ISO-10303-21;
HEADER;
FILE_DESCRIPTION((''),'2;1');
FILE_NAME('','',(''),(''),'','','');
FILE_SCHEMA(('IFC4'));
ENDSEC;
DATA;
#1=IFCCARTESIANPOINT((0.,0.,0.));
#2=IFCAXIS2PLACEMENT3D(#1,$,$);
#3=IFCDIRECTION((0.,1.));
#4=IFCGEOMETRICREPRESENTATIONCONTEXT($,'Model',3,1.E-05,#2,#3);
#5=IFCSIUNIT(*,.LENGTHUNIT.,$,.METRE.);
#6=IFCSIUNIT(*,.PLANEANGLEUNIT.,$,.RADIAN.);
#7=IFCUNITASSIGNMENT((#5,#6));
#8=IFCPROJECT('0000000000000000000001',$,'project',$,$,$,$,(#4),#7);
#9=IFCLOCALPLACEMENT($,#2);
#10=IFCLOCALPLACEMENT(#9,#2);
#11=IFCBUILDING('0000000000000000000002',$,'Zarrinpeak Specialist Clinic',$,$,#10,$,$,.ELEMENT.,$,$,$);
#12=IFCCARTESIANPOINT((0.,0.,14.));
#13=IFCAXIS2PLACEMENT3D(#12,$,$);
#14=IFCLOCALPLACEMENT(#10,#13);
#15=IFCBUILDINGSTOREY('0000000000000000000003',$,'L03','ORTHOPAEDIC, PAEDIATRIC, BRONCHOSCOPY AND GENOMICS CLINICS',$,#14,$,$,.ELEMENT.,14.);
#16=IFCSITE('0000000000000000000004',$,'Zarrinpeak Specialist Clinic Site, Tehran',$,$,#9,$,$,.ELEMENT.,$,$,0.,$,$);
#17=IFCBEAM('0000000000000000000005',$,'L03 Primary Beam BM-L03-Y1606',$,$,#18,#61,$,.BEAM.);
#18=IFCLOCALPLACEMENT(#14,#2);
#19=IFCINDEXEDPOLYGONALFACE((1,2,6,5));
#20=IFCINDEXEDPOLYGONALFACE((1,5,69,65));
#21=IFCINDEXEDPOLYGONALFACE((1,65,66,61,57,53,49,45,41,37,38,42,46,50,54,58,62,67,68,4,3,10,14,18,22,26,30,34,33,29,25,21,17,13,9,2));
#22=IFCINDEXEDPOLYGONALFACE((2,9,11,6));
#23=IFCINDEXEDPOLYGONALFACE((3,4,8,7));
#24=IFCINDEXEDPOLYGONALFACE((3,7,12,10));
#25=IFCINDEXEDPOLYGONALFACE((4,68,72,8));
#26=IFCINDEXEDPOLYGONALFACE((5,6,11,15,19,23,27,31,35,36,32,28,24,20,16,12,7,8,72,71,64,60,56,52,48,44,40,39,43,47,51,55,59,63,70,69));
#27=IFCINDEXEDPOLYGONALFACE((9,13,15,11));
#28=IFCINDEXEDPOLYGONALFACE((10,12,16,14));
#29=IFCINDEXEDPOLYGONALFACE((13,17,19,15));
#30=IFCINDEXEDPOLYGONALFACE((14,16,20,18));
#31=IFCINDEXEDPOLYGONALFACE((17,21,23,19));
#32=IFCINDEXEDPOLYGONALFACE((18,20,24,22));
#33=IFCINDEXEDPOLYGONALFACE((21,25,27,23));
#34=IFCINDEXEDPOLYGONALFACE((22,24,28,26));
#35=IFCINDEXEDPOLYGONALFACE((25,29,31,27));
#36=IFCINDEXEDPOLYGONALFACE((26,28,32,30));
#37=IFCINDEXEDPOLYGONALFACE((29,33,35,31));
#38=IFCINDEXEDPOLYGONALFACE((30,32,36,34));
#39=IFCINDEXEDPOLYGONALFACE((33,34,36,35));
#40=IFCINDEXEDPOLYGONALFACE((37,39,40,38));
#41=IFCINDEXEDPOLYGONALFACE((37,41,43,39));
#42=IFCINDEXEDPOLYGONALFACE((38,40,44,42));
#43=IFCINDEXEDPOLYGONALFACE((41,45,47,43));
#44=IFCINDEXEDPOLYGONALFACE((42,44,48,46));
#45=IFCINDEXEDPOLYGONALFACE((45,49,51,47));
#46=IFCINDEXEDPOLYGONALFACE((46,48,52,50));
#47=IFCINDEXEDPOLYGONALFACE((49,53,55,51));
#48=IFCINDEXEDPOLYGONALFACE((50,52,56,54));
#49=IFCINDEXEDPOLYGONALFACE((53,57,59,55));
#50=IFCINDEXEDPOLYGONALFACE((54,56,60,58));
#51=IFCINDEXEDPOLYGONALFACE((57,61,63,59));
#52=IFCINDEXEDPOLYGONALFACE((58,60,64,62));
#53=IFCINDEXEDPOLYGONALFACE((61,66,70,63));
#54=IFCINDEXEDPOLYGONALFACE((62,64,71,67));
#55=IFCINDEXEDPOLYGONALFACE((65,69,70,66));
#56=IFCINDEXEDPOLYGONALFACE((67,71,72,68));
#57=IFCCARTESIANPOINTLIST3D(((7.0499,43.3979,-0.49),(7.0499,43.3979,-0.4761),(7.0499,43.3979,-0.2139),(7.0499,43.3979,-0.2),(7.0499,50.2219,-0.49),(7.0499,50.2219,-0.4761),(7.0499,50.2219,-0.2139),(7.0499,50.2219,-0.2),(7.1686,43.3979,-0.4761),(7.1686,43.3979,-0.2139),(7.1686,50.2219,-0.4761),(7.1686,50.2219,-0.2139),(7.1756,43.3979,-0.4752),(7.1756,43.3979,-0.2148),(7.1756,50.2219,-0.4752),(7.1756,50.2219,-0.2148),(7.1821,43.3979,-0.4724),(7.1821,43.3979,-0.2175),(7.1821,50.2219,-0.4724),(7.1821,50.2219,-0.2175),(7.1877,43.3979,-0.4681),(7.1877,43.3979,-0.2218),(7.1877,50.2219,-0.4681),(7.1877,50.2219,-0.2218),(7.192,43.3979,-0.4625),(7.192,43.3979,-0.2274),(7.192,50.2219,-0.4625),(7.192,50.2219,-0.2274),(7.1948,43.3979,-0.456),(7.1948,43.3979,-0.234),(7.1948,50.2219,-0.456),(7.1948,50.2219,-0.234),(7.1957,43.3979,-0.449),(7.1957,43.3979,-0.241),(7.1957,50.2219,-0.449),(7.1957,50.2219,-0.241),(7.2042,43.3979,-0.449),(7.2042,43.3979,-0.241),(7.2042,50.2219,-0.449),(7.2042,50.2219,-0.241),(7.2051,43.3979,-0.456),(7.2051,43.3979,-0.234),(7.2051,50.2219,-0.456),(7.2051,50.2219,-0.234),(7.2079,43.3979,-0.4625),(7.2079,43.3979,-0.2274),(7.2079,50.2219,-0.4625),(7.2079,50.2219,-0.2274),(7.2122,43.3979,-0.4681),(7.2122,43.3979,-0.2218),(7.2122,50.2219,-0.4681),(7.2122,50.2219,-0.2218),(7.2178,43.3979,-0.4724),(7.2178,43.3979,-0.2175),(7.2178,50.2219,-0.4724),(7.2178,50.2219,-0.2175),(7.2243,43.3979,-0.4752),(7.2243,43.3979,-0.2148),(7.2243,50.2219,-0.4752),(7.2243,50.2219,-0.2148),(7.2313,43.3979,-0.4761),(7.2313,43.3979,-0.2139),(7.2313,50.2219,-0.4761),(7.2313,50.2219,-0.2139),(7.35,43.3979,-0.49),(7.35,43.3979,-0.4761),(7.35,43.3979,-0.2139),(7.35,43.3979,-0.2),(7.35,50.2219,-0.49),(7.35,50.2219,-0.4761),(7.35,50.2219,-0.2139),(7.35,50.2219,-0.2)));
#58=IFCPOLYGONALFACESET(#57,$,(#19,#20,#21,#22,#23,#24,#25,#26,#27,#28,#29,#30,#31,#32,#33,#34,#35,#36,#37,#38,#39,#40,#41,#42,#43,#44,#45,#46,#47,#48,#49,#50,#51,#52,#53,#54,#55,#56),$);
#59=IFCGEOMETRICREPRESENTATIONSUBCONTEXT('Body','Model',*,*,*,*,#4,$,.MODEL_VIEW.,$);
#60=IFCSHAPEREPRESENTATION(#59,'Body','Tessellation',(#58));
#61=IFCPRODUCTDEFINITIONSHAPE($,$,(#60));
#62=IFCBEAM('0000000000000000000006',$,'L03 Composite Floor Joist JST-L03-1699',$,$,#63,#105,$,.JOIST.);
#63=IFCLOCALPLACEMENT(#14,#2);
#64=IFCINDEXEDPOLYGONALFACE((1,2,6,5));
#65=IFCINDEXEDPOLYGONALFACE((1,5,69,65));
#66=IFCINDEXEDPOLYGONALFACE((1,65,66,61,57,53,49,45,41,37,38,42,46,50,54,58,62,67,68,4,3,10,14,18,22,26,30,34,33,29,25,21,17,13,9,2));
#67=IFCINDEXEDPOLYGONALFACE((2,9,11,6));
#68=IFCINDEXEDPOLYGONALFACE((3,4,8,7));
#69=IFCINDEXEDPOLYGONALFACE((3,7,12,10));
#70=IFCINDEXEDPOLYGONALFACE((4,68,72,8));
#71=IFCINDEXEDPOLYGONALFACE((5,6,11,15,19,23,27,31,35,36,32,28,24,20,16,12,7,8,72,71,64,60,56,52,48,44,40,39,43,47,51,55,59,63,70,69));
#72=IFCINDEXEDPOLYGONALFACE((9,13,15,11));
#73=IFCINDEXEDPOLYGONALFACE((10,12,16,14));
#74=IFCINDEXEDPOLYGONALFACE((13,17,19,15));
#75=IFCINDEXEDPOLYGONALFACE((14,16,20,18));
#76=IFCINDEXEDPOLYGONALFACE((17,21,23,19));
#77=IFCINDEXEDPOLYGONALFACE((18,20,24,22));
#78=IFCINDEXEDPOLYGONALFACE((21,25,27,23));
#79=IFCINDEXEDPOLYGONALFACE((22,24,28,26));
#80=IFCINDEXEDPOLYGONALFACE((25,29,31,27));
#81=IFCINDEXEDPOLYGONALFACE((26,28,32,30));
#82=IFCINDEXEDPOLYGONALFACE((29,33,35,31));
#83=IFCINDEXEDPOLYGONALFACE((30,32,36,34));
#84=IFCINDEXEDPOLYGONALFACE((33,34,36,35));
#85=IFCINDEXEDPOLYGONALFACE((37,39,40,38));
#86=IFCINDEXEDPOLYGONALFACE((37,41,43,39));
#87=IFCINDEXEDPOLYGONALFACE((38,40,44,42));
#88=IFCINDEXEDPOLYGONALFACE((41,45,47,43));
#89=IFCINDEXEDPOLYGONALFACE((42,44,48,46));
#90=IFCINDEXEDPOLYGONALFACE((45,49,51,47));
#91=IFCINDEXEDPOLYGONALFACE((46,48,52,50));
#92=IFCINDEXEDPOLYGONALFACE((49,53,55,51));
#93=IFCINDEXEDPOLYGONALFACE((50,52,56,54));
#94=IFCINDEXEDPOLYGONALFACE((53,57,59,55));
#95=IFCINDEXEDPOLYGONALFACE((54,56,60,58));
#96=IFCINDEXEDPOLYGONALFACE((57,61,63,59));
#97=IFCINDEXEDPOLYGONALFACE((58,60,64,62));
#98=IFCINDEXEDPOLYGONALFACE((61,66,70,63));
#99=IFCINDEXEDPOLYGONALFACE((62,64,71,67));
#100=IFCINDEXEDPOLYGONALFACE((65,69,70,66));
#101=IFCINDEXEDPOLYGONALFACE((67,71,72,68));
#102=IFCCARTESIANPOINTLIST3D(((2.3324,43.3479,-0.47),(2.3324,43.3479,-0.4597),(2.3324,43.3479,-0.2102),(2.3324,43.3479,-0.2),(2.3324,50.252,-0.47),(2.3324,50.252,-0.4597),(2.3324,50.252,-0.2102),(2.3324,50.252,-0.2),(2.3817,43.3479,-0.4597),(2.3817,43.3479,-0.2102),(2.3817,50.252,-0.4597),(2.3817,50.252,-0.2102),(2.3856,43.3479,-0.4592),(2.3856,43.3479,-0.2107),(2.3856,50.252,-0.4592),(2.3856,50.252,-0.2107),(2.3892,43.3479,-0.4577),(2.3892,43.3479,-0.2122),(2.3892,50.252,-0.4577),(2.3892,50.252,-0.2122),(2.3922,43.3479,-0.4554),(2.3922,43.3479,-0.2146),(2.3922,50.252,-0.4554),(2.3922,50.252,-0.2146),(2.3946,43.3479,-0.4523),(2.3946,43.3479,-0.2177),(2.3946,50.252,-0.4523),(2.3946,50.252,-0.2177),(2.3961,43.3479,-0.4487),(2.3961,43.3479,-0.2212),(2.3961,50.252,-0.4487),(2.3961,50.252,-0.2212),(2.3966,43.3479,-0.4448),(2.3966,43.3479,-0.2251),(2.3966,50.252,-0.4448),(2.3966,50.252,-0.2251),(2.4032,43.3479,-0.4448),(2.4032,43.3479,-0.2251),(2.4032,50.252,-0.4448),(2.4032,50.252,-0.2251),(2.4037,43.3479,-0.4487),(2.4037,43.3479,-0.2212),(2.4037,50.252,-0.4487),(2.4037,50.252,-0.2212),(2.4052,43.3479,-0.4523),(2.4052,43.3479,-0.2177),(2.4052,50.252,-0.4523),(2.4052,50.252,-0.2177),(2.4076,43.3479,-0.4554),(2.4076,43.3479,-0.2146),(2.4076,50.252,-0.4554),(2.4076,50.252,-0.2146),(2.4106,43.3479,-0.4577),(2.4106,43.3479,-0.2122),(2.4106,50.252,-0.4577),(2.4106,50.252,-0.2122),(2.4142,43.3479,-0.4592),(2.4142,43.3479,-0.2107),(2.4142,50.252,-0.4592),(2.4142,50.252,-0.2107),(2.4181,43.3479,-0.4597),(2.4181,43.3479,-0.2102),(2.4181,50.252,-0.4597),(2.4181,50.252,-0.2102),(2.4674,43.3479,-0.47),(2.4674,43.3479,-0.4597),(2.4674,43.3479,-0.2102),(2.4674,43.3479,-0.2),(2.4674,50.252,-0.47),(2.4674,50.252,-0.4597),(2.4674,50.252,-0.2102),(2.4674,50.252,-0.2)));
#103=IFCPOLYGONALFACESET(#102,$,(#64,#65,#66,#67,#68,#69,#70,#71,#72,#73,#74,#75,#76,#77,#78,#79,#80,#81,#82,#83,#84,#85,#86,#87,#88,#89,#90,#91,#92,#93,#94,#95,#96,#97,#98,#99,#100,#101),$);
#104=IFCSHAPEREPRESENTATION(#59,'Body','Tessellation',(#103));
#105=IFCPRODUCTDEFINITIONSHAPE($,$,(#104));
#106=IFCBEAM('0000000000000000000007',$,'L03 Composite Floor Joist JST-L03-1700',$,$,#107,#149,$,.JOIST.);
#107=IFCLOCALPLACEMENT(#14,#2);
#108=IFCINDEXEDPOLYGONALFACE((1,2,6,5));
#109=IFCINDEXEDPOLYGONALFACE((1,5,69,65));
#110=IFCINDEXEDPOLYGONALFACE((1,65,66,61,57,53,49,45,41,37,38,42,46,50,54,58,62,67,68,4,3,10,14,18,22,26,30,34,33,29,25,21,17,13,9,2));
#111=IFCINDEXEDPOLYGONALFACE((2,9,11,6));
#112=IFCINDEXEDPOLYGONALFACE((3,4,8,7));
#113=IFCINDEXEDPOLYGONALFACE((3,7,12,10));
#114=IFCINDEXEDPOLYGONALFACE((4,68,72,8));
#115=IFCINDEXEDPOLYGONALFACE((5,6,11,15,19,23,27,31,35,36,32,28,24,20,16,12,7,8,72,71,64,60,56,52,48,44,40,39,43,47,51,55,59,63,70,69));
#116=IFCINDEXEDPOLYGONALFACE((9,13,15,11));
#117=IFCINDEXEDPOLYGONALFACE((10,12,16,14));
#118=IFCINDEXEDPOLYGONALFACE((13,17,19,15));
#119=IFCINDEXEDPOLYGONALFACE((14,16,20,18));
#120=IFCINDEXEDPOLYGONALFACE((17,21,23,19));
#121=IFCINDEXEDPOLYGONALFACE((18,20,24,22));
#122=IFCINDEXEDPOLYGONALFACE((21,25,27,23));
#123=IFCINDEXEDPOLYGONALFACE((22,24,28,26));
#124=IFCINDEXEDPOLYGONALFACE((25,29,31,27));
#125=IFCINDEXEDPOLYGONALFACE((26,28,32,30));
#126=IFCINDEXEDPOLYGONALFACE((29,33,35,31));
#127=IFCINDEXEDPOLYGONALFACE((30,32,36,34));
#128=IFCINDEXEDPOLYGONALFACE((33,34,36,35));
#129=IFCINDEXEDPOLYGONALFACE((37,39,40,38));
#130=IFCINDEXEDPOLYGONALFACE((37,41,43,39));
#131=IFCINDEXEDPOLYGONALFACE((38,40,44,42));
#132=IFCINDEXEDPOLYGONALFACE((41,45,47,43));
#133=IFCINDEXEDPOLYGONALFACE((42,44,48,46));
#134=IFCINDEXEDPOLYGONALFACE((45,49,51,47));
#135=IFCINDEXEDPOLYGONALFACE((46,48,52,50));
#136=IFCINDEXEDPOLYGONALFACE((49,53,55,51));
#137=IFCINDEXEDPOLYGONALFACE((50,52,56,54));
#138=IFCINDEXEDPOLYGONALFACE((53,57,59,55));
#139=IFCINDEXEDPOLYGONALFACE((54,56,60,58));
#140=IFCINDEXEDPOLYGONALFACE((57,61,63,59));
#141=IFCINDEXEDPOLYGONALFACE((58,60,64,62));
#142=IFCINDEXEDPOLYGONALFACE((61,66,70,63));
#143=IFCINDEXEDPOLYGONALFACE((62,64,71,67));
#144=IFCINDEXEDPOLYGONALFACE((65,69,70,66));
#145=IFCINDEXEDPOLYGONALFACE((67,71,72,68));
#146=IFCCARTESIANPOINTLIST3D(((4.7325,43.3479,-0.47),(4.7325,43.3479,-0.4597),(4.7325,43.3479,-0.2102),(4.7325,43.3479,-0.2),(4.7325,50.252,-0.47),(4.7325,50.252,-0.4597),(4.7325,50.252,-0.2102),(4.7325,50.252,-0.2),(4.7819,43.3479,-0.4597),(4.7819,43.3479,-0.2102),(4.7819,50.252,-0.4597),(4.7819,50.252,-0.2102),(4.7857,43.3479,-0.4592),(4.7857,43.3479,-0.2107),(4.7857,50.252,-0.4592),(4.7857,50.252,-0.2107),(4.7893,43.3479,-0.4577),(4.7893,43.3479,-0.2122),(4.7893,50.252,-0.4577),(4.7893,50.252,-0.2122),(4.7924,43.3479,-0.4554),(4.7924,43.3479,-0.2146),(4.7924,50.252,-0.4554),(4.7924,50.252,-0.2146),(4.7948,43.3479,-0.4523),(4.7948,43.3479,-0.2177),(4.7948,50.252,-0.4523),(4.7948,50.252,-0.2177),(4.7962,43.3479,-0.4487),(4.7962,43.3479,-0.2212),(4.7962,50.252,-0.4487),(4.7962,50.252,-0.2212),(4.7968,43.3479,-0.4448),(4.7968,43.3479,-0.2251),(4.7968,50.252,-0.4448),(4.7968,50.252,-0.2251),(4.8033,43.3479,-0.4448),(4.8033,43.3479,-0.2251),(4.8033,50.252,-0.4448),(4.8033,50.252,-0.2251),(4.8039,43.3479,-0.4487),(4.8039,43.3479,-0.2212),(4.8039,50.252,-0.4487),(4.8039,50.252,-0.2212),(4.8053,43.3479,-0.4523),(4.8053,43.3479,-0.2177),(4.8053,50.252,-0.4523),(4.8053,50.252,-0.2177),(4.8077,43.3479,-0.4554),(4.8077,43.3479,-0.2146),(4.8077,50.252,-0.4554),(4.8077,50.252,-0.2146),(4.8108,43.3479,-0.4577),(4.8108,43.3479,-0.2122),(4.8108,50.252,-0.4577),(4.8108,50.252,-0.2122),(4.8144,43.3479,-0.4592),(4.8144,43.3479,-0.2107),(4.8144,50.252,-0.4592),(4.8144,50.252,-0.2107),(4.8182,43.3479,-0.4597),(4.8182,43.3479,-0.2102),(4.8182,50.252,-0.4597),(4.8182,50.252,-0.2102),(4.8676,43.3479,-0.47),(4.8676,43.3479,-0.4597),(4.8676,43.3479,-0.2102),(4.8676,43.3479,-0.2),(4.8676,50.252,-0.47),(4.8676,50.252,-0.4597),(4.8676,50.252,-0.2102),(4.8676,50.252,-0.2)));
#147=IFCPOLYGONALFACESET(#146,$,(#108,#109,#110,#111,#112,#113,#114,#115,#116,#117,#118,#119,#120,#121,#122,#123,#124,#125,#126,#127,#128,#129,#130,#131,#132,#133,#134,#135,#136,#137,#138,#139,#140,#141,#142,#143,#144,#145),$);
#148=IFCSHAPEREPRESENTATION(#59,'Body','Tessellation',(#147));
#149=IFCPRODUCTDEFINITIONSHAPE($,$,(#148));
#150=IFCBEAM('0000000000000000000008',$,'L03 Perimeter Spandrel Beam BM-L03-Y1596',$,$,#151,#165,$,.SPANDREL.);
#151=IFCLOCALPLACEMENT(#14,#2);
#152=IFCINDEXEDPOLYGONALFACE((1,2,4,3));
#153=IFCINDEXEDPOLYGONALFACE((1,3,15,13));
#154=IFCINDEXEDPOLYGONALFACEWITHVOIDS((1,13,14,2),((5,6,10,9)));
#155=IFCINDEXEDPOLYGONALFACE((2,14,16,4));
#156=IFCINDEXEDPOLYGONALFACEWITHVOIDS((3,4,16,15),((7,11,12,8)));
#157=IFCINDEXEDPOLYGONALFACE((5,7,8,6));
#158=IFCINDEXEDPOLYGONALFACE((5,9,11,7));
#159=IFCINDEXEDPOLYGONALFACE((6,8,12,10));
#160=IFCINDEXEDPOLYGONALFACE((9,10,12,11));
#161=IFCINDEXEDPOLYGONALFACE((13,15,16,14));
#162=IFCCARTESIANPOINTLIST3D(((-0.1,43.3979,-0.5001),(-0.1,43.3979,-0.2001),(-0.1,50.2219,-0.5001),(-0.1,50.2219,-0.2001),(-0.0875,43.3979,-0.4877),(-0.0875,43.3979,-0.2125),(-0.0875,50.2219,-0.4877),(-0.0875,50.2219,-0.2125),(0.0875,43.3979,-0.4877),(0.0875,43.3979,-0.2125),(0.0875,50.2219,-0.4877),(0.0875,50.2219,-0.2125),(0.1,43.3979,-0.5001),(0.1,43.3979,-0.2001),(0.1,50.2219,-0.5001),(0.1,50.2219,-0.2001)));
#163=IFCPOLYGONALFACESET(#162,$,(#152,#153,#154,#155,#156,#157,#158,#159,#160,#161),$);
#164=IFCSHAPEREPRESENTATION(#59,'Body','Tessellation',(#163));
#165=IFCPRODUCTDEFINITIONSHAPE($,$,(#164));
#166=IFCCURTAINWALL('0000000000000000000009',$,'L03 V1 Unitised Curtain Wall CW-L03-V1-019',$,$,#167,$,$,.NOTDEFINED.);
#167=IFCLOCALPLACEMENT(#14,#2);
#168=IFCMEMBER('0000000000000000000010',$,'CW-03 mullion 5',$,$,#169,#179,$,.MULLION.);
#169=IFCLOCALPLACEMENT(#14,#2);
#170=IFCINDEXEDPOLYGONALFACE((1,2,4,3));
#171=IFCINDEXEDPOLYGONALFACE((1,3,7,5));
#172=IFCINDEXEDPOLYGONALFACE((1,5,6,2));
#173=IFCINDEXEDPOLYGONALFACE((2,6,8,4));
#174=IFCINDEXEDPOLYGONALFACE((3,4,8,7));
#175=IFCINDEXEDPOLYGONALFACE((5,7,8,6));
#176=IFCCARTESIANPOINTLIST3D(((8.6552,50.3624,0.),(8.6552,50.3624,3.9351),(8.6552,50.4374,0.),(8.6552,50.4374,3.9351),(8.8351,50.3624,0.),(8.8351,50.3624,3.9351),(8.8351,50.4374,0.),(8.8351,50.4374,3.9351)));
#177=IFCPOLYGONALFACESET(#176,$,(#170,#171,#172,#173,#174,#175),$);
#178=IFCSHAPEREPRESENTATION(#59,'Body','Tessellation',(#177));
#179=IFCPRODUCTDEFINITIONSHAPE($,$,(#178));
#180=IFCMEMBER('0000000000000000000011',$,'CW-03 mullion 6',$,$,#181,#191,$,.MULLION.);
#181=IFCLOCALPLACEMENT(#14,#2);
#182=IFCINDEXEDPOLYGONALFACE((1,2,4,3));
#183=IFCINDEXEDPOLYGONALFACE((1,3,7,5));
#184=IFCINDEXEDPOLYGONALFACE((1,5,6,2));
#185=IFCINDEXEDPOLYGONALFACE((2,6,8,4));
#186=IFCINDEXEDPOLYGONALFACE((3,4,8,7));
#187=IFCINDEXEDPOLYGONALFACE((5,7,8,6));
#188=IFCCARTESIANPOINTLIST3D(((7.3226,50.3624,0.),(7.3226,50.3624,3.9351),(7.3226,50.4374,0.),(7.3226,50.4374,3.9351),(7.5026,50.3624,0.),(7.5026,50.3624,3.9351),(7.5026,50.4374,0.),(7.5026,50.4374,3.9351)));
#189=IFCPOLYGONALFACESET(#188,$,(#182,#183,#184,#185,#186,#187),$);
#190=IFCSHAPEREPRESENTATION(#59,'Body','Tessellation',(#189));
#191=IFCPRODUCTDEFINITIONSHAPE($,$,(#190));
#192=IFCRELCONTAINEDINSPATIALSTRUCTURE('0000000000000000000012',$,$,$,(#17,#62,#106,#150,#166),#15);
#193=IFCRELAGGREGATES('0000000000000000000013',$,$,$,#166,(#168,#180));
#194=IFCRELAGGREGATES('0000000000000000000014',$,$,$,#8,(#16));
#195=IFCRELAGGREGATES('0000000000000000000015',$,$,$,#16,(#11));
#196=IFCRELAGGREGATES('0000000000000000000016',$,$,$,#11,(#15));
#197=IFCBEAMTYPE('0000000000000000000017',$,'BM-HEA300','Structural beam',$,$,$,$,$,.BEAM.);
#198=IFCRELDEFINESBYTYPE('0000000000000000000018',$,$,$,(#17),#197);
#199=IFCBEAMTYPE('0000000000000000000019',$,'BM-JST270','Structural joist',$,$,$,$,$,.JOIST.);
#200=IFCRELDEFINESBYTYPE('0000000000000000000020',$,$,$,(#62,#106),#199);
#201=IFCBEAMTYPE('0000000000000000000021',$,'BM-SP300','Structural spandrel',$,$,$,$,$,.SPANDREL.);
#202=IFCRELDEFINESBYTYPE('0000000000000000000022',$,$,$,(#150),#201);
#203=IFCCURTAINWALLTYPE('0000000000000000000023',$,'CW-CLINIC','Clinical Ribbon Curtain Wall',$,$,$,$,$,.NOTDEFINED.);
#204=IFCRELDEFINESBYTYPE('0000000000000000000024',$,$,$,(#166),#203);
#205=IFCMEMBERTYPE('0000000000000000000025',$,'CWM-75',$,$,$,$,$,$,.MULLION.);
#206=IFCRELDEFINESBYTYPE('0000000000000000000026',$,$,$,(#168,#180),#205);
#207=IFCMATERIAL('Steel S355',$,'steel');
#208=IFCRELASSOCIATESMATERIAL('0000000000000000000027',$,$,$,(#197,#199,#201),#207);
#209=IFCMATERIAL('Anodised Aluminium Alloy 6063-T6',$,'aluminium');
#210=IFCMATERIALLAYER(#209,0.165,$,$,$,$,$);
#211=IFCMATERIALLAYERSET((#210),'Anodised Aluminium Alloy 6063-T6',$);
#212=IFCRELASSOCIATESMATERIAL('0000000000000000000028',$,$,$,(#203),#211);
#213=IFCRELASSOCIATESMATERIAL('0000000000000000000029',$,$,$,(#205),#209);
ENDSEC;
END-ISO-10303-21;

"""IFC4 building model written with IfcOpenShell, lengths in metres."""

from ifc_helpers import new_model, si_unit, direction, frame, origin, origin_2d, place, context, subcontext, project, spatial, rectangle, hollow_rectangle, i_section, extrude, material, layer, layer_set, material_profile, profile_set, type_object, element, aggregate, save


model = new_model("IFC4")

# Units and contexts
model_context = context("Model", 3, precision=1e-05, world=origin(), true_north=direction((0.0, 1.0)))
body_context = subcontext(model_context, "Body", "Model", "MODEL_VIEW")
ifc_project = project(units=[si_unit("LENGTHUNIT", "METRE"), si_unit("PLANEANGLEUNIT", "RADIAN")], contexts=[model_context])

# Site, building, storey
site_placement = place(None, origin())
site = spatial("IfcSite", under=ifc_project, at=site_placement, Name="Zarrinpeak Specialist Clinic Site, Tehran", CompositionType="ELEMENT", RefElevation=0.0)
building_placement = place(site_placement, origin())
building = spatial("IfcBuilding", under=site, at=building_placement, Name="Zarrinpeak Specialist Clinic", CompositionType="ELEMENT")
storey_placement = place(building_placement, frame((0.0, 0.0, 14.0)))
storey = spatial("IfcBuildingStorey", under=building, at=storey_placement, Name="L03", Description="ORTHOPAEDIC, PAEDIATRIC, BRONCHOSCOPY AND GENOMICS CLINICS", CompositionType="ELEMENT", Elevation=14.0)

# Shared definitions
ifc_material_1 = material(Name="Steel S355", Category="steel")

# Beams
ifc_material_profile_1 = material_profile(ifc_material_1, i_section(OverallWidth=0.3, OverallDepth=0.29, WebThickness=0.0085, FlangeThickness=0.0139, FilletRadius=0.0271, at=origin_2d()), Name="HEA 300")
ifc_profile_set_1 = profile_set([ifc_material_profile_1], Name="Steel S355")
beam_type_1 = type_object("IfcBeamType", Name="BM-HEA300", Description="Structural beam", PredefinedType="BEAM", material=ifc_profile_set_1)
beam_1_placement = place(storey_placement, frame((7.2, 43.3979, -0.345), z_axis=(0.0, 1.0, 0.0), x_axis=(-1.0, 0.0, 0.0)))
element("IfcBeam", 1, at=beam_1_placement, inside=storey, type_object=beam_type_1, Name="L03 Primary Beam BM-L03-Y1606", PredefinedType="BEAM", context=body_context, shape_type="SweptSolid", body=[
    extrude(i_section(OverallWidth=0.3, OverallDepth=0.29, WebThickness=0.0085, FlangeThickness=0.0139, FilletRadius=0.0271, at=origin_2d()), origin(), (0.0, 0.0, 1.0), 6.824),
])
ifc_material_profile_2 = material_profile(ifc_material_1, i_section(OverallWidth=0.135, OverallDepth=0.27, WebThickness=0.0066, FlangeThickness=0.0103, FilletRadius=0.0149, at=origin_2d()), Name="IPE 270")
ifc_profile_set_2 = profile_set([ifc_material_profile_2], Name="Steel S355")
beam_type_2 = type_object("IfcBeamType", Name="BM-JST270", Description="Structural joist", PredefinedType="JOIST", material=ifc_profile_set_2)
for number, where, z_axis, x_axis, name in (
    (2, (2.3999, 43.3479, -0.335), (0.0, 1.0, 0.0), (-1.0, 0.0, 0.0), "L03 Composite Floor Joist JST-L03-1699"),
    (3, (4.8, 43.3479, -0.335), (0.0, 1.0, 0.0), (-1.0, 0.0, 0.0), "L03 Composite Floor Joist JST-L03-1700"),
):
    element("IfcBeam", number, at=place(storey_placement, frame(where, z_axis=z_axis, x_axis=x_axis)), inside=storey, type_object=beam_type_2, Name=name, PredefinedType="JOIST", context=body_context, shape_type="SweptSolid", body=[
        extrude(i_section(OverallWidth=0.135, OverallDepth=0.27, WebThickness=0.0066, FlangeThickness=0.0103, FilletRadius=0.0149, at=origin_2d()), origin(), (0.0, 0.0, 1.0), 6.9041),
    ])
ifc_material_profile_3 = material_profile(ifc_material_1, hollow_rectangle(XDim=0.2, YDim=0.3, WallThickness=0.0125, at=origin_2d()), Name="RHS 300x200x12.5")
ifc_profile_set_3 = profile_set([ifc_material_profile_3], Name="Steel S355")
beam_type_3 = type_object("IfcBeamType", Name="BM-SP300", Description="Structural spandrel", PredefinedType="SPANDREL", material=ifc_profile_set_3)
beam_2_placement = place(storey_placement, frame((0.0, 43.3979, -0.3501), z_axis=(0.0, 1.0, 0.0), x_axis=(-1.0, 0.0, 0.0)))
element("IfcBeam", 4, at=beam_2_placement, inside=storey, type_object=beam_type_3, Name="L03 Perimeter Spandrel Beam BM-L03-Y1596", PredefinedType="SPANDREL", context=body_context, shape_type="SweptSolid", body=[
    extrude(hollow_rectangle(XDim=0.2, YDim=0.3, WallThickness=0.0125, at=origin_2d()), origin(), (0.0, 0.0, 1.0), 6.824),
])

# Curtain wall, members
ifc_material_2 = material(Name="Anodised Aluminium Alloy 6063-T6", Category="aluminium")
ifc_layer_1 = layer(ifc_material_2, 0.165)
ifc_layer_set_1 = layer_set([ifc_layer_1], Name="Anodised Aluminium Alloy 6063-T6")
curtain_wall_type = type_object("IfcCurtainWallType", Name="CW-CLINIC", Description="Clinical Ribbon Curtain Wall", PredefinedType="NOTDEFINED", material=ifc_layer_set_1)
curtain_wall_placement = place(storey_placement, origin())
curtain_wall = element("IfcCurtainWall", 5, at=curtain_wall_placement, inside=storey, type_object=curtain_wall_type, Name="L03 V1 Unitised Curtain Wall CW-L03-V1-019", PredefinedType="NOTDEFINED")
ifc_material_profile_4 = material_profile(ifc_material_2, rectangle(XDim=0.075, YDim=0.1799, at=origin_2d()), Name="ALU 75x180")
ifc_profile_set_4 = profile_set([ifc_material_profile_4], Name="Anodised Aluminium Alloy 6063-T6")
member_type_1 = type_object("IfcMemberType", Name="CWM-75", PredefinedType="MULLION", material=ifc_profile_set_4)
member_1_placement = place(storey_placement, frame((8.7451, 50.3999, 0.0), z_axis=(0.0, 0.0, 1.0), x_axis=(0.0, -1.0, 0.0)))
member_1 = element("IfcMember", 6, at=member_1_placement, type_object=member_type_1, Name="CW-03 mullion 5", PredefinedType="MULLION", context=body_context, shape_type="SweptSolid", body=[
    extrude(rectangle(XDim=0.075, YDim=0.1799, at=origin_2d()), origin(), (0.0, 0.0, 1.0), 3.9351),
])
member_2_placement = place(storey_placement, frame((7.4126, 50.3999, 0.0), z_axis=(0.0, 0.0, 1.0), x_axis=(0.0, -1.0, 0.0)))
member_2 = element("IfcMember", 7, at=member_2_placement, type_object=member_type_1, Name="CW-03 mullion 6", PredefinedType="MULLION", context=body_context, shape_type="SweptSolid", body=[
    extrude(rectangle(XDim=0.075, YDim=0.1799, at=origin_2d()), origin(), (0.0, 0.0, 1.0), 3.9351),
])
aggregate(curtain_wall, [member_1, member_2])

save(model, "model.ifc")
